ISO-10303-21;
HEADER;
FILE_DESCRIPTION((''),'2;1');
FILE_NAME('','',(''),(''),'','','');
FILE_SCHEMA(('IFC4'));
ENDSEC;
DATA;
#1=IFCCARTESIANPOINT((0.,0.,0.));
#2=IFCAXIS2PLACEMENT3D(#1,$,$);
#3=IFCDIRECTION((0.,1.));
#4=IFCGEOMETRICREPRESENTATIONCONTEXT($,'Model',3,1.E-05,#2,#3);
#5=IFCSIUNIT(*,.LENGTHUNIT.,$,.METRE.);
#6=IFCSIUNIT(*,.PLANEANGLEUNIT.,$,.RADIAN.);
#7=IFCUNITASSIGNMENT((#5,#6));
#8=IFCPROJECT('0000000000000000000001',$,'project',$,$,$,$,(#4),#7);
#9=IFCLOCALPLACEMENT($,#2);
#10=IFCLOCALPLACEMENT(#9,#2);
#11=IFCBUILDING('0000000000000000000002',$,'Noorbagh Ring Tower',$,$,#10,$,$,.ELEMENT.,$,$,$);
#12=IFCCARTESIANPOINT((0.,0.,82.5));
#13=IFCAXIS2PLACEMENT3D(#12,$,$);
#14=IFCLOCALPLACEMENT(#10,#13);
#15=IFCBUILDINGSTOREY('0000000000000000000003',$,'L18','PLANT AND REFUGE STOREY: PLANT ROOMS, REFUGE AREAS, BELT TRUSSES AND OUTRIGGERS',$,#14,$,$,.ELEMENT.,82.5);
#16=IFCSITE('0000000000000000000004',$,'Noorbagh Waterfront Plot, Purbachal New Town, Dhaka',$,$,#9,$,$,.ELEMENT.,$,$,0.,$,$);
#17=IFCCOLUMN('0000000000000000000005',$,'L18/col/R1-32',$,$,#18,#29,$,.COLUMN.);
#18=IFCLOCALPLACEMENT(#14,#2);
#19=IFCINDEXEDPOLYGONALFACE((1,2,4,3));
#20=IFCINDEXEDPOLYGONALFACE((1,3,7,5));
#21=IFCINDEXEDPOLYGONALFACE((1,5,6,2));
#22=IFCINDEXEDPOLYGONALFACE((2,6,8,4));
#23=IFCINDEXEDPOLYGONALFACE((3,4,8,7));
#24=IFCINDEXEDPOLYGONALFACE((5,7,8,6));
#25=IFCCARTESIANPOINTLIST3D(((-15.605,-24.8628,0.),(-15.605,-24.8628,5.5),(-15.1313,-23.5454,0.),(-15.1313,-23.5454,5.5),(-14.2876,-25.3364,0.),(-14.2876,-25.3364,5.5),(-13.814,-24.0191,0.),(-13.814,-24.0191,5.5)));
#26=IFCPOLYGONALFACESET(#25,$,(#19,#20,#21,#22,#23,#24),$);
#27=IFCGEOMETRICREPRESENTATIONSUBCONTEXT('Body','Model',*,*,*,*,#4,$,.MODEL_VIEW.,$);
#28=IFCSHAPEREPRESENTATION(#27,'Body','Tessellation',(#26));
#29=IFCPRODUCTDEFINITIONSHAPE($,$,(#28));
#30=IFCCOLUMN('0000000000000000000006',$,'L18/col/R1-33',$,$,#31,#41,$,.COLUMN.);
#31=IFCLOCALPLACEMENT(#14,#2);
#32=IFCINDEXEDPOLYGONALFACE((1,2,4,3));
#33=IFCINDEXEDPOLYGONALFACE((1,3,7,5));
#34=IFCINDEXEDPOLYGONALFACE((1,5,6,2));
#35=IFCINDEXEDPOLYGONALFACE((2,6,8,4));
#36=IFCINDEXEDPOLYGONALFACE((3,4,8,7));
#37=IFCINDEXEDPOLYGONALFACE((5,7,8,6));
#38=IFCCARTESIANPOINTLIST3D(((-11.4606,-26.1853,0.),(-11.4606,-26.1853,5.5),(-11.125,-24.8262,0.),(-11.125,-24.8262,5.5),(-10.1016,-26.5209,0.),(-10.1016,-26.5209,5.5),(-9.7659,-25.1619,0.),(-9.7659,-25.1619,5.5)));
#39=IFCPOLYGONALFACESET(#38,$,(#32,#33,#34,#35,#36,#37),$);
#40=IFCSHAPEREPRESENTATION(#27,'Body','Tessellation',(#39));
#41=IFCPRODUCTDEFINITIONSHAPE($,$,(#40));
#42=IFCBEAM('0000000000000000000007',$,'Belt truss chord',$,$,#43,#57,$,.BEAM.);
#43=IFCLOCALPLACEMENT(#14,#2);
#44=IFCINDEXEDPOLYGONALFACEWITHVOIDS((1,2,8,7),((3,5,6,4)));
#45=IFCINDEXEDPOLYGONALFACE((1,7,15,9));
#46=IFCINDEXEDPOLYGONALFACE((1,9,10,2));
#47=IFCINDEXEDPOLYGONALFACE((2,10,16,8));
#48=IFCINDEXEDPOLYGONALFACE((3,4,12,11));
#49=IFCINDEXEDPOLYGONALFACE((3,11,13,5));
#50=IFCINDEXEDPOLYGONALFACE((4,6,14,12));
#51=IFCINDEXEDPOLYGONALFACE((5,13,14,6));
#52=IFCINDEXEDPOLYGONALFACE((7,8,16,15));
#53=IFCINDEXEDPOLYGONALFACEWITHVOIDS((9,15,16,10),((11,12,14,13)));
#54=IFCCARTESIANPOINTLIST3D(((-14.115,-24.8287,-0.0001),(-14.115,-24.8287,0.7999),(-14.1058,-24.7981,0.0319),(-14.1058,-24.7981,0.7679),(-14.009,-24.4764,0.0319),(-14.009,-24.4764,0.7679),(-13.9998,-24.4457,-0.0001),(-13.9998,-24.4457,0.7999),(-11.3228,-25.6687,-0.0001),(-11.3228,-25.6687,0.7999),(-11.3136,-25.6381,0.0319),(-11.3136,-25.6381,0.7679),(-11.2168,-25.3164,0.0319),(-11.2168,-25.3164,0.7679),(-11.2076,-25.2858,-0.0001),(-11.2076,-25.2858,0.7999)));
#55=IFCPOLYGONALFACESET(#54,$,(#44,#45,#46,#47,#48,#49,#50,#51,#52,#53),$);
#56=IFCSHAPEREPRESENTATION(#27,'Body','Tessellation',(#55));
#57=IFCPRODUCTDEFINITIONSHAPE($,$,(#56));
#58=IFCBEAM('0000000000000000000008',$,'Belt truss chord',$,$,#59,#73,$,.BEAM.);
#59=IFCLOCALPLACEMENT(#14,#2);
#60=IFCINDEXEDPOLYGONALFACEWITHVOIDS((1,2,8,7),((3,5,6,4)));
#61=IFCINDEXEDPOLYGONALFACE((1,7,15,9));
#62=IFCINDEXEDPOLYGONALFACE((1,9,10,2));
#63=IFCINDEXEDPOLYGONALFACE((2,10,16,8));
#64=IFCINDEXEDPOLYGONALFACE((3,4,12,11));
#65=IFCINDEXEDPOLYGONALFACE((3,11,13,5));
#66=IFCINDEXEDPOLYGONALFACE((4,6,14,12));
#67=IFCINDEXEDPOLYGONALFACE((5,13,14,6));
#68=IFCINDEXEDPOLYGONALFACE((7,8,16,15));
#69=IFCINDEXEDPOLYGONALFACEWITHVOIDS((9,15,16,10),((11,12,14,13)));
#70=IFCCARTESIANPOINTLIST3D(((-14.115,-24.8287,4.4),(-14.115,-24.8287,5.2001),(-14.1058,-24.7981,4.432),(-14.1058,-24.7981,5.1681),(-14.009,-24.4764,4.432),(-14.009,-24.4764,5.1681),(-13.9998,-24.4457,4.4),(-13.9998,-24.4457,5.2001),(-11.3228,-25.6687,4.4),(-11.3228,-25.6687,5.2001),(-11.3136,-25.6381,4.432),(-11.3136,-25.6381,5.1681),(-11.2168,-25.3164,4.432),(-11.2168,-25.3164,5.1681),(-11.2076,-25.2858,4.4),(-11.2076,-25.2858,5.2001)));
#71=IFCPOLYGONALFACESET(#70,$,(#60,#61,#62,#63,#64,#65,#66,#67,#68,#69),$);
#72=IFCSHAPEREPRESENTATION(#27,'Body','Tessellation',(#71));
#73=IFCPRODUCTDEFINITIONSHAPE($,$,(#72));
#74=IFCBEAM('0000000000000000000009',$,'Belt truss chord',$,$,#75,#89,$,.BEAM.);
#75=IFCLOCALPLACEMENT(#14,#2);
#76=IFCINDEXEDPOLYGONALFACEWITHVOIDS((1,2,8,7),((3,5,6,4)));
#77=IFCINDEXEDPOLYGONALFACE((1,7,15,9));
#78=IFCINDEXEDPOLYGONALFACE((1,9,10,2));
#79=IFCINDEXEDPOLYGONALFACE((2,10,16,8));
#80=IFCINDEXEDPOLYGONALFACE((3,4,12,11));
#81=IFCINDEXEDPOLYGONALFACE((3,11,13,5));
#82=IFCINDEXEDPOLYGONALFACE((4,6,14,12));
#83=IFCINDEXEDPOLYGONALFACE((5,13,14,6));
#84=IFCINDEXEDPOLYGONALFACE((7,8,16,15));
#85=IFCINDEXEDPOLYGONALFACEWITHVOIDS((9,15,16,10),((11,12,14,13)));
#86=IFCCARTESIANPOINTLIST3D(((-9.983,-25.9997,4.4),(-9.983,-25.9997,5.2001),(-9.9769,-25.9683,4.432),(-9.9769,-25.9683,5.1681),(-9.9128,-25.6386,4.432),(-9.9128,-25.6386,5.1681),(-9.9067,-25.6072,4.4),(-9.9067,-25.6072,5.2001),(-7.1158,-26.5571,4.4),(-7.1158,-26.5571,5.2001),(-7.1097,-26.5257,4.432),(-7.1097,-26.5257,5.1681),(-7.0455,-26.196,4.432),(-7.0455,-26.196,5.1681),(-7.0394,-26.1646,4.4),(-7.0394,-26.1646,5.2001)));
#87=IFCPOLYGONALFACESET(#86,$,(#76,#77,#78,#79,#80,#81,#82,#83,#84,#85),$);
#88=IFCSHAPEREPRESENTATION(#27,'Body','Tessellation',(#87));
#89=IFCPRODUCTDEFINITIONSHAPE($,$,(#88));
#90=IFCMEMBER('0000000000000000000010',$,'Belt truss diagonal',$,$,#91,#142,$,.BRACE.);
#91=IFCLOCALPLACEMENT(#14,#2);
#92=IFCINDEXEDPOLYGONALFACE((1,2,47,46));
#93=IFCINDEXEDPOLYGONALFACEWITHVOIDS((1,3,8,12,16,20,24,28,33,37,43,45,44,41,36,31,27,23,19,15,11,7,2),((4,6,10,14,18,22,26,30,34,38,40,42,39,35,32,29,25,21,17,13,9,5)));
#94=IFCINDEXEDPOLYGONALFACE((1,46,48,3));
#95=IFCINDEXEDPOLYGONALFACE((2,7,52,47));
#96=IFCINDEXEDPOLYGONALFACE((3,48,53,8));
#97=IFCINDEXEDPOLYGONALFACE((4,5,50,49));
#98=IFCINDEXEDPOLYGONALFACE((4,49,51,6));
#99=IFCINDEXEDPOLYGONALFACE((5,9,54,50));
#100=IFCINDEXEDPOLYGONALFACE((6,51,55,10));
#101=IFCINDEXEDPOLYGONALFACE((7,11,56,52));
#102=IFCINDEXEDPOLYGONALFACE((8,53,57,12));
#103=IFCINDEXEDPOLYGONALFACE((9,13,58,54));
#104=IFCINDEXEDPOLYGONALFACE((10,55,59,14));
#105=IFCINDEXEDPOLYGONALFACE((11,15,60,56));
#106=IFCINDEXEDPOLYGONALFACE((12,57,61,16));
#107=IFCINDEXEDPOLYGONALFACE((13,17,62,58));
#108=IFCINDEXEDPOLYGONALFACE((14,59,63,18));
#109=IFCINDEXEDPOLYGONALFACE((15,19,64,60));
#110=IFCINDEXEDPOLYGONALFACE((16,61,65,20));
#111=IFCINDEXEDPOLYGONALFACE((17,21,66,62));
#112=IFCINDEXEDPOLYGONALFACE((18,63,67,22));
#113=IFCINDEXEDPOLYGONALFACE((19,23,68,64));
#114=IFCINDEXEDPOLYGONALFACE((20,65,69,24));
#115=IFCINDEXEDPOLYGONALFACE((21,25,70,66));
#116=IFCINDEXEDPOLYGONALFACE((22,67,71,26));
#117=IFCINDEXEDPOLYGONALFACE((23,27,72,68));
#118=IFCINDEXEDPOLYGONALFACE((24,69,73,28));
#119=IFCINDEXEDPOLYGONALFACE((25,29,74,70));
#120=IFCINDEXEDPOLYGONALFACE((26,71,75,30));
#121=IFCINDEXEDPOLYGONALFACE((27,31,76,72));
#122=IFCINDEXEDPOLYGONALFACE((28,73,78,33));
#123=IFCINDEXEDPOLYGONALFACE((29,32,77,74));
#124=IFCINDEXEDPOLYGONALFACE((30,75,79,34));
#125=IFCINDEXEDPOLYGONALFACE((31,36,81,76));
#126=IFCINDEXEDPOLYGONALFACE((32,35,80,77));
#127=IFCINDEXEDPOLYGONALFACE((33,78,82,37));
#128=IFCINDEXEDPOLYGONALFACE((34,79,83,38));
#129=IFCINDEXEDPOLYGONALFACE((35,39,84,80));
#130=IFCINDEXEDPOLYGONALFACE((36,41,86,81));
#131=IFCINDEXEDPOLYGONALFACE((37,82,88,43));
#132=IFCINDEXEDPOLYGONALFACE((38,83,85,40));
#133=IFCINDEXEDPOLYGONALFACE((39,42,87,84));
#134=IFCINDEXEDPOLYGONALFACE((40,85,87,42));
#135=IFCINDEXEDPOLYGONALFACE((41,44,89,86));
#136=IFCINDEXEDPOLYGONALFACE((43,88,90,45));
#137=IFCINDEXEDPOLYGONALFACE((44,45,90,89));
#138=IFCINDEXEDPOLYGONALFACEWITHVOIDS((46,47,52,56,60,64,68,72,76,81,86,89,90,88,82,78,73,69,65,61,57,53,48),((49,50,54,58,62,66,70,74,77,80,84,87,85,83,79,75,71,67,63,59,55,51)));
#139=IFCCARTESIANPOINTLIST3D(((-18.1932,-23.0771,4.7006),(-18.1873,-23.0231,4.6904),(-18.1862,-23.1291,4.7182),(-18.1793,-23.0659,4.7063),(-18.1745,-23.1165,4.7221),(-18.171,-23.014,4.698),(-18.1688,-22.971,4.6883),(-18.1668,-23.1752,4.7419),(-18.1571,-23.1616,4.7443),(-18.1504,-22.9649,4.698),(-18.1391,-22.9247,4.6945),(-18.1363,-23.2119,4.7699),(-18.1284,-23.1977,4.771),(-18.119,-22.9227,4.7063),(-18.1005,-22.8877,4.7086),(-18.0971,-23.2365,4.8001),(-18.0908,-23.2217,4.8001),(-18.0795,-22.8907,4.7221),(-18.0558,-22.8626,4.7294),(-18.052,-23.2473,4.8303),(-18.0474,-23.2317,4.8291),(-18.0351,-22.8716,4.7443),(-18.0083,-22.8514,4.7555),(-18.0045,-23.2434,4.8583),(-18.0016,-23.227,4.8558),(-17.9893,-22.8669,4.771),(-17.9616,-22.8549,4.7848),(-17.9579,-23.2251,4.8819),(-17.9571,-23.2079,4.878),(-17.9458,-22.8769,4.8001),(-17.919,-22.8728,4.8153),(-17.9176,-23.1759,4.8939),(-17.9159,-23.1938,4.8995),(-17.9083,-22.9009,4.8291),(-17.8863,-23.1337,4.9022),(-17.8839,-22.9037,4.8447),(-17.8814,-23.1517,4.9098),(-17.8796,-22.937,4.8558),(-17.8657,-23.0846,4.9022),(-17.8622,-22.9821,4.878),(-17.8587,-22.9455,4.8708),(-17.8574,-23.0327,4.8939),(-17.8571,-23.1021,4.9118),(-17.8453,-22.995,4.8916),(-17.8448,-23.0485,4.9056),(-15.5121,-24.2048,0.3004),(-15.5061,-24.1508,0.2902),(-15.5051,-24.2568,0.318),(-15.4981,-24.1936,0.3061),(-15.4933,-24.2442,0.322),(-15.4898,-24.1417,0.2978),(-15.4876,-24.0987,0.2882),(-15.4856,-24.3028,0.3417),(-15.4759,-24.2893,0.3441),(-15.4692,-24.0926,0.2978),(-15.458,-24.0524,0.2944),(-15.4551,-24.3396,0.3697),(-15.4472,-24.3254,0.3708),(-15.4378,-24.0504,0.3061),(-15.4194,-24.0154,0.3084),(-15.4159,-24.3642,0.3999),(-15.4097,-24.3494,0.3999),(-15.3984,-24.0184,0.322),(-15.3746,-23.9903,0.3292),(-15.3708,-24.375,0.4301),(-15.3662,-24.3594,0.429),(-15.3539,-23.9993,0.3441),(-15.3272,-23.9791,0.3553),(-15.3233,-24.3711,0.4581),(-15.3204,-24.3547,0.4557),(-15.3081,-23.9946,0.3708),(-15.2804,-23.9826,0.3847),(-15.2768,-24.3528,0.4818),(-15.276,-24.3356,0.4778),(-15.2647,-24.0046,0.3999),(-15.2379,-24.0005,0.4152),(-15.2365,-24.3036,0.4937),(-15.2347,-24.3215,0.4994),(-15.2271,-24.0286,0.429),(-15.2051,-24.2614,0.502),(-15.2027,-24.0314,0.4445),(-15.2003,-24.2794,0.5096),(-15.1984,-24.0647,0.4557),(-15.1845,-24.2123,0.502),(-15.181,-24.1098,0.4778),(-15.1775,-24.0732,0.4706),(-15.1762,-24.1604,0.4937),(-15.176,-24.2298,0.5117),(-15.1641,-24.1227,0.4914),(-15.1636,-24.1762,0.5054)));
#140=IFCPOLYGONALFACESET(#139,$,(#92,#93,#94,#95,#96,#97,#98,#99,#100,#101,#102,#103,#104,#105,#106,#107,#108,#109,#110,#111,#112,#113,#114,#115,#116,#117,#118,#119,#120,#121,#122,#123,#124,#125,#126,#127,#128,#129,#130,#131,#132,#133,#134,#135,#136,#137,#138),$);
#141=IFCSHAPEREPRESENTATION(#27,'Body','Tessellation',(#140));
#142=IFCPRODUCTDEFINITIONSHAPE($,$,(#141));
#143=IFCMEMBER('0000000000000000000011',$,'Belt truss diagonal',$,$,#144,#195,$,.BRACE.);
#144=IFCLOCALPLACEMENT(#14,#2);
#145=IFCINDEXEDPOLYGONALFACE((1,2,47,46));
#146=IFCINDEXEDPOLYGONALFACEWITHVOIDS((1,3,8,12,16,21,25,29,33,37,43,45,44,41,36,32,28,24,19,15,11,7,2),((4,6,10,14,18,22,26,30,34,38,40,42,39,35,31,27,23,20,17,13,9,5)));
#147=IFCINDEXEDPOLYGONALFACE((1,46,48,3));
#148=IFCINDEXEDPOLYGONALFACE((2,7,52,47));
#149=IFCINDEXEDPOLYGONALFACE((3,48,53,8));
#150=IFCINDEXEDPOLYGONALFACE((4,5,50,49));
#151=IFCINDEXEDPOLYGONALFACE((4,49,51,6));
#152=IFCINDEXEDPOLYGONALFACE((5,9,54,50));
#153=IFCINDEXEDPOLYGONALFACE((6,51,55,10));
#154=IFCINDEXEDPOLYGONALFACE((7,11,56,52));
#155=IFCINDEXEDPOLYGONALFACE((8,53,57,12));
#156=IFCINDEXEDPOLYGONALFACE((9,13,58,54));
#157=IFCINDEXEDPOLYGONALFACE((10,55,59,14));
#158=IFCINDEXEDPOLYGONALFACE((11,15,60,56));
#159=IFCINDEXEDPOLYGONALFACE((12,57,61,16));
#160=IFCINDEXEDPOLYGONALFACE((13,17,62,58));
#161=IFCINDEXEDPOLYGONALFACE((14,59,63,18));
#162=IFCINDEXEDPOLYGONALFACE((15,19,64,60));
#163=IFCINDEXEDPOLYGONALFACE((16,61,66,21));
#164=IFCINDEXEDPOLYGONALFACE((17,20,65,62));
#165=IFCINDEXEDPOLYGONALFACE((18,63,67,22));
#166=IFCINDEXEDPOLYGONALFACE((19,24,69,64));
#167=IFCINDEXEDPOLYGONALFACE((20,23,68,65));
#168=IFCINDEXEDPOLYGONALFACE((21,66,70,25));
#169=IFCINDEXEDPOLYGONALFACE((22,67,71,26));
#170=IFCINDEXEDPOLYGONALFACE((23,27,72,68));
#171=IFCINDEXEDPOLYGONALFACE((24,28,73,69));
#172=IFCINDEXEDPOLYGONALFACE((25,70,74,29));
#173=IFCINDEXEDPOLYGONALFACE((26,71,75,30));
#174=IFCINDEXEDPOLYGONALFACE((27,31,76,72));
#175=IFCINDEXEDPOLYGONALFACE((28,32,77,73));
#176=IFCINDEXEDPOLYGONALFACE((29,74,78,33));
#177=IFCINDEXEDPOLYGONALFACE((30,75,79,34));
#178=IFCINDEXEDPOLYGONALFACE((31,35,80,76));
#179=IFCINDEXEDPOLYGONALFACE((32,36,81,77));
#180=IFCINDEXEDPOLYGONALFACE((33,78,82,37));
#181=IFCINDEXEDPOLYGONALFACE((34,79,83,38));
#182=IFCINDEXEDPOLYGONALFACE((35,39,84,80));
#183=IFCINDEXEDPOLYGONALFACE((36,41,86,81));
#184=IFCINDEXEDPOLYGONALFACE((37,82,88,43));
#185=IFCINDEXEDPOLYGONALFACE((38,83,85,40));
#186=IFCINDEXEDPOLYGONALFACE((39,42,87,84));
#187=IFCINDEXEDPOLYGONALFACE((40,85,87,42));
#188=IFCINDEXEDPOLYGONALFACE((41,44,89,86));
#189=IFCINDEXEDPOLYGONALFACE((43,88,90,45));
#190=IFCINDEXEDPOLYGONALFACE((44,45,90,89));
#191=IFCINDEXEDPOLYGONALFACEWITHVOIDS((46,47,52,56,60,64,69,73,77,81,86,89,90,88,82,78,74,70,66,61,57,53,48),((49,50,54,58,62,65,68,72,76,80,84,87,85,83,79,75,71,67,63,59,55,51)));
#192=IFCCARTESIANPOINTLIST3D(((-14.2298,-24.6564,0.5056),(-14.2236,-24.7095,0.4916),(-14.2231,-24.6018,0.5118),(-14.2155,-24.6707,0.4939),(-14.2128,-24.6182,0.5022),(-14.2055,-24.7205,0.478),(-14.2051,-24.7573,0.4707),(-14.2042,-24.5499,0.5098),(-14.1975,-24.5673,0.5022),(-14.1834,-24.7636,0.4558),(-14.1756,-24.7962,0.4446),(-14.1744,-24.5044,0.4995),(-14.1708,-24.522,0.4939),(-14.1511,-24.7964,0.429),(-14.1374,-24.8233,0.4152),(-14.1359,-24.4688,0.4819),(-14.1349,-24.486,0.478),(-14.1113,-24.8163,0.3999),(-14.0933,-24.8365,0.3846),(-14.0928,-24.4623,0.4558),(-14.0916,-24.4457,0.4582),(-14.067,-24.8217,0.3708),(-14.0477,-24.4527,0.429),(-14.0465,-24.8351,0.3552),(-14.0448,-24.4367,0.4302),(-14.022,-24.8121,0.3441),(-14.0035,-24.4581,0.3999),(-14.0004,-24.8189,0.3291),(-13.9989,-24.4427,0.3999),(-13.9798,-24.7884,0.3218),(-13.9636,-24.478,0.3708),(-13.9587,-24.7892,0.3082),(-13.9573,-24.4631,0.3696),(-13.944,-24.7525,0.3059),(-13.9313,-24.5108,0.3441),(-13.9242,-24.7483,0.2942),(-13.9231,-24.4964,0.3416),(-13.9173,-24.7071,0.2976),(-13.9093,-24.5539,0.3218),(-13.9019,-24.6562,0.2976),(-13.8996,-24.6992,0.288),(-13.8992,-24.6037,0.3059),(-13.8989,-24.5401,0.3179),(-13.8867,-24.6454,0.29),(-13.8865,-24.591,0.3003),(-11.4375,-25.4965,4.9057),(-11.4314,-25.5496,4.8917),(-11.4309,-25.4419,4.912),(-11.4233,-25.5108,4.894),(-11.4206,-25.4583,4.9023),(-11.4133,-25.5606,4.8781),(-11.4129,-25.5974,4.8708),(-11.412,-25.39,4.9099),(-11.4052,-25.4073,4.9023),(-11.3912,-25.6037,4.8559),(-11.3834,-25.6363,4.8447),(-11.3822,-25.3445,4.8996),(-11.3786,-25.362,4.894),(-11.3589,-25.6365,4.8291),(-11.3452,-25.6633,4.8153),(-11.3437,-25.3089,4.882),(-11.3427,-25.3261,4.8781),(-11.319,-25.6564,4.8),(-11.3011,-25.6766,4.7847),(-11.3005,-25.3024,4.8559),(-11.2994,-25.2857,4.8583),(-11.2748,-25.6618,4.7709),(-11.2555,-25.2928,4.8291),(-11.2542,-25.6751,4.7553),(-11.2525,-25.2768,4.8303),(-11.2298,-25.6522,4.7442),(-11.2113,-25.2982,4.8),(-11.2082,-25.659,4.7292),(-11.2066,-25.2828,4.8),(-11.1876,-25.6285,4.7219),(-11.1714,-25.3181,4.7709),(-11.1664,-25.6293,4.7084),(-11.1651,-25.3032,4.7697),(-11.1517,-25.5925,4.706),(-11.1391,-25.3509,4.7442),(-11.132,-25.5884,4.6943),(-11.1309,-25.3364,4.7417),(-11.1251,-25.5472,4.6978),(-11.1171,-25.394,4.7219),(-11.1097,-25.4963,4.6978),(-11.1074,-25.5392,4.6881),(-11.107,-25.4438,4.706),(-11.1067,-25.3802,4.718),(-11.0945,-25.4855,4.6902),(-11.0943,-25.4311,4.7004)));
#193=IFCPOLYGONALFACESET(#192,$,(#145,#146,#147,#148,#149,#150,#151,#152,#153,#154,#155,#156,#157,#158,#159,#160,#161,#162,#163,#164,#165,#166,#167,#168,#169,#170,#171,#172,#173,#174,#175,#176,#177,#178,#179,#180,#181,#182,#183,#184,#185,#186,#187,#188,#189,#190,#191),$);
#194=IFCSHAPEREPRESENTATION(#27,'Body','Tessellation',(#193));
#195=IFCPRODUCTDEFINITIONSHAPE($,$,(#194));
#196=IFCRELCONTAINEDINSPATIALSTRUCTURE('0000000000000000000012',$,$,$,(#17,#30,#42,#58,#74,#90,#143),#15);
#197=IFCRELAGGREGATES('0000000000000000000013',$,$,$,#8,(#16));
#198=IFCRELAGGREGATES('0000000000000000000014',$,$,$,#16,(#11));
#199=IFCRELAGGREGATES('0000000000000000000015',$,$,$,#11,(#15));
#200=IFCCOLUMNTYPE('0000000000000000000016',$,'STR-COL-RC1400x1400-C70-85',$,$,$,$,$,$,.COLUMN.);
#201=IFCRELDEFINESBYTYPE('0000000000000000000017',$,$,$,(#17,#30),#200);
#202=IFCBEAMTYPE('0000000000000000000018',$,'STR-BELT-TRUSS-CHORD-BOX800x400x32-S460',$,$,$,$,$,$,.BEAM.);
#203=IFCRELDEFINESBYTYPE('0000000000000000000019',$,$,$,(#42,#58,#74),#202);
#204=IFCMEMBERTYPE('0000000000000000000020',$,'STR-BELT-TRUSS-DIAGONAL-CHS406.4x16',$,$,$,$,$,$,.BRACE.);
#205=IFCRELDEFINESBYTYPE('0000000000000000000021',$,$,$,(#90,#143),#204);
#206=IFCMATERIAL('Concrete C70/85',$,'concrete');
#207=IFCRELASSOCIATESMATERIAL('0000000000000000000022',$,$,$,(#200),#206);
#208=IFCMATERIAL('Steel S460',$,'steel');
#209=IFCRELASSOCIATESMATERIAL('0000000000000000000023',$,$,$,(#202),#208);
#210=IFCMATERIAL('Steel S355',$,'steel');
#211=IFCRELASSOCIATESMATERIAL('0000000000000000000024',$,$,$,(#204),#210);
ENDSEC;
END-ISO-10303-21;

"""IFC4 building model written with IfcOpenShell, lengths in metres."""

from ifc_helpers import new_model, si_unit, direction, frame, origin, origin_2d, place, context, subcontext, project, spatial, rectangle, hollow_rectangle, hollow_circle, extrude, material, material_profile, profile_set, type_object, element, save


model = new_model("IFC4")

# Units and contexts
model_context = context("Model", 3, precision=1e-05, world=origin(), true_north=direction((0.0, 1.0)))
body_context = subcontext(model_context, "Body", "Model", "MODEL_VIEW")
ifc_project = project(units=[si_unit("LENGTHUNIT", "METRE"), si_unit("PLANEANGLEUNIT", "RADIAN")], contexts=[model_context])

# Site, building, storey
site_placement = place(None, origin())
site = spatial("IfcSite", under=ifc_project, at=site_placement, Name="Noorbagh Waterfront Plot, Purbachal New Town, Dhaka", CompositionType="ELEMENT", RefElevation=0.0)
building_placement = place(site_placement, origin())
building = spatial("IfcBuilding", under=site, at=building_placement, Name="Noorbagh Ring Tower", CompositionType="ELEMENT")
storey_placement = place(building_placement, frame((0.0, 0.0, 82.5)))
storey = spatial("IfcBuildingStorey", under=building, at=storey_placement, Name="L18", Description="PLANT AND REFUGE STOREY: PLANT ROOMS, REFUGE AREAS, BELT TRUSSES AND OUTRIGGERS", CompositionType="ELEMENT", Elevation=82.5)

# Columns
ifc_material_1 = material(Name="Concrete C70/85", Category="concrete")
ifc_material_profile_1 = material_profile(ifc_material_1, rectangle(XDim=1.3999, YDim=1.3999, at=origin_2d()), Name="RC1400x1400")
ifc_profile_set_1 = profile_set([ifc_material_profile_1], Name="Concrete C70/85")
column_type = type_object("IfcColumnType", Name="STR-COL-RC1400x1400-C70-85", PredefinedType="COLUMN", material=ifc_profile_set_1)
for number, where, z_axis, x_axis, name in (
    (1, (-14.7095, -24.4409, 0.0), (0.0, 0.0, 1.0), (0.941025, -0.338338, 0.0), "L18/col/R1-32"),
    (2, (-10.6133, -25.6736, 0.0), (0.0, 0.0, 1.0), (0.970829, -0.239771, 0.0), "L18/col/R1-33"),
):
    element("IfcColumn", number, at=place(storey_placement, frame(where, z_axis=z_axis, x_axis=x_axis)), inside=storey, type_object=column_type, Name=name, PredefinedType="COLUMN", context=body_context, shape_type="SweptSolid", body=[
        extrude(rectangle(XDim=1.3999, YDim=1.3999, at=origin_2d()), origin(), (0.0, 0.0, 1.0), 5.5),
    ])

# Beams
ifc_material_2 = material(Name="Steel S460", Category="steel")
ifc_material_profile_2 = material_profile(ifc_material_2, hollow_rectangle(XDim=0.3999, YDim=0.8, WallThickness=0.032, at=origin_2d()), Name="BOX800x400x32")
ifc_profile_set_2 = profile_set([ifc_material_profile_2], Name="Steel S460")
beam_type_1 = type_object("IfcBeamType", Name="STR-BELT-TRUSS-CHORD-BOX800x400x32-S460", PredefinedType="BEAM", material=ifc_profile_set_2)
for number, where, z_axis, x_axis, name in (
    (3, (-14.0574, -24.6372, 0.3999), (0.957598, -0.288108, 0.0), (0.288108, 0.957598, 0.0), "Belt truss chord"),
    (4, (-14.0574, -24.6372, 4.8), (0.957598, -0.288108, 0.0), (0.288108, 0.957598, 0.0), "Belt truss chord"),
):
    element("IfcBeam", number, at=place(storey_placement, frame(where, z_axis=z_axis, x_axis=x_axis)), inside=storey, type_object=beam_type_1, Name=name, PredefinedType="BEAM", context=body_context, shape_type="SweptSolid", body=[
        extrude(hollow_rectangle(XDim=0.3999, YDim=0.8, WallThickness=0.032, at=origin_2d()), origin(), (0.0, 0.0, 1.0), 2.9158),
    ])
beam_1_placement = place(storey_placement, frame((-9.9448, -25.8035, 4.8), z_axis=(0.981624, -0.190825, 0.0), x_axis=(0.190825, 0.981624, 0.0)))
element("IfcBeam", 5, at=beam_1_placement, inside=storey, type_object=beam_type_1, Name="Belt truss chord", PredefinedType="BEAM", context=body_context, shape_type="SweptSolid", body=[
    extrude(hollow_rectangle(XDim=0.3999, YDim=0.8, WallThickness=0.032, at=origin_2d()), origin(), (0.0, 0.0, 1.0), 2.9209),
])

# Members
ifc_material_3 = material(Name="Steel S355", Category="steel")
ifc_material_profile_3 = material_profile(ifc_material_3, hollow_circle(Radius=0.2031, WallThickness=0.0161, at=origin_2d()), Name="CHS406.4x16")
ifc_profile_set_3 = profile_set([ifc_material_profile_3], Name="Steel S355")
member_type = type_object("IfcMemberType", Name="STR-BELT-TRUSS-DIAGONAL-CHS406.4x16", PredefinedType="BRACE", material=ifc_profile_set_3)
member_1_placement = place(storey_placement, frame((-15.3372, -24.177, 0.3999), z_axis=(-0.508313, 0.213795, 0.834212), x_axis=(-0.3877, -0.921785, 0.0)))
element("IfcMember", 6, at=member_1_placement, inside=storey, type_object=member_type, Name="Belt truss diagonal", PredefinedType="BRACE", context=body_context, shape_type="SweptSolid", body=[
    extrude(hollow_circle(Radius=0.2031, WallThickness=0.0161, at=origin_2d()), origin(), (0.0, 0.0, 1.0), 5.2747),
])
member_2_placement = place(storey_placement, frame((-14.0574, -24.6372, 0.3999), z_axis=(0.528973, -0.15915, 0.833582), x_axis=(0.288108, 0.957598, 0.0)))
element("IfcMember", 7, at=member_2_placement, inside=storey, type_object=member_type, Name="Belt truss diagonal", PredefinedType="BRACE", context=body_context, shape_type="SweptSolid", body=[
    extrude(hollow_circle(Radius=0.2031, WallThickness=0.0161, at=origin_2d()), origin(), (0.0, 0.0, 1.0), 5.2786),
])

save(model, "model.ifc")
